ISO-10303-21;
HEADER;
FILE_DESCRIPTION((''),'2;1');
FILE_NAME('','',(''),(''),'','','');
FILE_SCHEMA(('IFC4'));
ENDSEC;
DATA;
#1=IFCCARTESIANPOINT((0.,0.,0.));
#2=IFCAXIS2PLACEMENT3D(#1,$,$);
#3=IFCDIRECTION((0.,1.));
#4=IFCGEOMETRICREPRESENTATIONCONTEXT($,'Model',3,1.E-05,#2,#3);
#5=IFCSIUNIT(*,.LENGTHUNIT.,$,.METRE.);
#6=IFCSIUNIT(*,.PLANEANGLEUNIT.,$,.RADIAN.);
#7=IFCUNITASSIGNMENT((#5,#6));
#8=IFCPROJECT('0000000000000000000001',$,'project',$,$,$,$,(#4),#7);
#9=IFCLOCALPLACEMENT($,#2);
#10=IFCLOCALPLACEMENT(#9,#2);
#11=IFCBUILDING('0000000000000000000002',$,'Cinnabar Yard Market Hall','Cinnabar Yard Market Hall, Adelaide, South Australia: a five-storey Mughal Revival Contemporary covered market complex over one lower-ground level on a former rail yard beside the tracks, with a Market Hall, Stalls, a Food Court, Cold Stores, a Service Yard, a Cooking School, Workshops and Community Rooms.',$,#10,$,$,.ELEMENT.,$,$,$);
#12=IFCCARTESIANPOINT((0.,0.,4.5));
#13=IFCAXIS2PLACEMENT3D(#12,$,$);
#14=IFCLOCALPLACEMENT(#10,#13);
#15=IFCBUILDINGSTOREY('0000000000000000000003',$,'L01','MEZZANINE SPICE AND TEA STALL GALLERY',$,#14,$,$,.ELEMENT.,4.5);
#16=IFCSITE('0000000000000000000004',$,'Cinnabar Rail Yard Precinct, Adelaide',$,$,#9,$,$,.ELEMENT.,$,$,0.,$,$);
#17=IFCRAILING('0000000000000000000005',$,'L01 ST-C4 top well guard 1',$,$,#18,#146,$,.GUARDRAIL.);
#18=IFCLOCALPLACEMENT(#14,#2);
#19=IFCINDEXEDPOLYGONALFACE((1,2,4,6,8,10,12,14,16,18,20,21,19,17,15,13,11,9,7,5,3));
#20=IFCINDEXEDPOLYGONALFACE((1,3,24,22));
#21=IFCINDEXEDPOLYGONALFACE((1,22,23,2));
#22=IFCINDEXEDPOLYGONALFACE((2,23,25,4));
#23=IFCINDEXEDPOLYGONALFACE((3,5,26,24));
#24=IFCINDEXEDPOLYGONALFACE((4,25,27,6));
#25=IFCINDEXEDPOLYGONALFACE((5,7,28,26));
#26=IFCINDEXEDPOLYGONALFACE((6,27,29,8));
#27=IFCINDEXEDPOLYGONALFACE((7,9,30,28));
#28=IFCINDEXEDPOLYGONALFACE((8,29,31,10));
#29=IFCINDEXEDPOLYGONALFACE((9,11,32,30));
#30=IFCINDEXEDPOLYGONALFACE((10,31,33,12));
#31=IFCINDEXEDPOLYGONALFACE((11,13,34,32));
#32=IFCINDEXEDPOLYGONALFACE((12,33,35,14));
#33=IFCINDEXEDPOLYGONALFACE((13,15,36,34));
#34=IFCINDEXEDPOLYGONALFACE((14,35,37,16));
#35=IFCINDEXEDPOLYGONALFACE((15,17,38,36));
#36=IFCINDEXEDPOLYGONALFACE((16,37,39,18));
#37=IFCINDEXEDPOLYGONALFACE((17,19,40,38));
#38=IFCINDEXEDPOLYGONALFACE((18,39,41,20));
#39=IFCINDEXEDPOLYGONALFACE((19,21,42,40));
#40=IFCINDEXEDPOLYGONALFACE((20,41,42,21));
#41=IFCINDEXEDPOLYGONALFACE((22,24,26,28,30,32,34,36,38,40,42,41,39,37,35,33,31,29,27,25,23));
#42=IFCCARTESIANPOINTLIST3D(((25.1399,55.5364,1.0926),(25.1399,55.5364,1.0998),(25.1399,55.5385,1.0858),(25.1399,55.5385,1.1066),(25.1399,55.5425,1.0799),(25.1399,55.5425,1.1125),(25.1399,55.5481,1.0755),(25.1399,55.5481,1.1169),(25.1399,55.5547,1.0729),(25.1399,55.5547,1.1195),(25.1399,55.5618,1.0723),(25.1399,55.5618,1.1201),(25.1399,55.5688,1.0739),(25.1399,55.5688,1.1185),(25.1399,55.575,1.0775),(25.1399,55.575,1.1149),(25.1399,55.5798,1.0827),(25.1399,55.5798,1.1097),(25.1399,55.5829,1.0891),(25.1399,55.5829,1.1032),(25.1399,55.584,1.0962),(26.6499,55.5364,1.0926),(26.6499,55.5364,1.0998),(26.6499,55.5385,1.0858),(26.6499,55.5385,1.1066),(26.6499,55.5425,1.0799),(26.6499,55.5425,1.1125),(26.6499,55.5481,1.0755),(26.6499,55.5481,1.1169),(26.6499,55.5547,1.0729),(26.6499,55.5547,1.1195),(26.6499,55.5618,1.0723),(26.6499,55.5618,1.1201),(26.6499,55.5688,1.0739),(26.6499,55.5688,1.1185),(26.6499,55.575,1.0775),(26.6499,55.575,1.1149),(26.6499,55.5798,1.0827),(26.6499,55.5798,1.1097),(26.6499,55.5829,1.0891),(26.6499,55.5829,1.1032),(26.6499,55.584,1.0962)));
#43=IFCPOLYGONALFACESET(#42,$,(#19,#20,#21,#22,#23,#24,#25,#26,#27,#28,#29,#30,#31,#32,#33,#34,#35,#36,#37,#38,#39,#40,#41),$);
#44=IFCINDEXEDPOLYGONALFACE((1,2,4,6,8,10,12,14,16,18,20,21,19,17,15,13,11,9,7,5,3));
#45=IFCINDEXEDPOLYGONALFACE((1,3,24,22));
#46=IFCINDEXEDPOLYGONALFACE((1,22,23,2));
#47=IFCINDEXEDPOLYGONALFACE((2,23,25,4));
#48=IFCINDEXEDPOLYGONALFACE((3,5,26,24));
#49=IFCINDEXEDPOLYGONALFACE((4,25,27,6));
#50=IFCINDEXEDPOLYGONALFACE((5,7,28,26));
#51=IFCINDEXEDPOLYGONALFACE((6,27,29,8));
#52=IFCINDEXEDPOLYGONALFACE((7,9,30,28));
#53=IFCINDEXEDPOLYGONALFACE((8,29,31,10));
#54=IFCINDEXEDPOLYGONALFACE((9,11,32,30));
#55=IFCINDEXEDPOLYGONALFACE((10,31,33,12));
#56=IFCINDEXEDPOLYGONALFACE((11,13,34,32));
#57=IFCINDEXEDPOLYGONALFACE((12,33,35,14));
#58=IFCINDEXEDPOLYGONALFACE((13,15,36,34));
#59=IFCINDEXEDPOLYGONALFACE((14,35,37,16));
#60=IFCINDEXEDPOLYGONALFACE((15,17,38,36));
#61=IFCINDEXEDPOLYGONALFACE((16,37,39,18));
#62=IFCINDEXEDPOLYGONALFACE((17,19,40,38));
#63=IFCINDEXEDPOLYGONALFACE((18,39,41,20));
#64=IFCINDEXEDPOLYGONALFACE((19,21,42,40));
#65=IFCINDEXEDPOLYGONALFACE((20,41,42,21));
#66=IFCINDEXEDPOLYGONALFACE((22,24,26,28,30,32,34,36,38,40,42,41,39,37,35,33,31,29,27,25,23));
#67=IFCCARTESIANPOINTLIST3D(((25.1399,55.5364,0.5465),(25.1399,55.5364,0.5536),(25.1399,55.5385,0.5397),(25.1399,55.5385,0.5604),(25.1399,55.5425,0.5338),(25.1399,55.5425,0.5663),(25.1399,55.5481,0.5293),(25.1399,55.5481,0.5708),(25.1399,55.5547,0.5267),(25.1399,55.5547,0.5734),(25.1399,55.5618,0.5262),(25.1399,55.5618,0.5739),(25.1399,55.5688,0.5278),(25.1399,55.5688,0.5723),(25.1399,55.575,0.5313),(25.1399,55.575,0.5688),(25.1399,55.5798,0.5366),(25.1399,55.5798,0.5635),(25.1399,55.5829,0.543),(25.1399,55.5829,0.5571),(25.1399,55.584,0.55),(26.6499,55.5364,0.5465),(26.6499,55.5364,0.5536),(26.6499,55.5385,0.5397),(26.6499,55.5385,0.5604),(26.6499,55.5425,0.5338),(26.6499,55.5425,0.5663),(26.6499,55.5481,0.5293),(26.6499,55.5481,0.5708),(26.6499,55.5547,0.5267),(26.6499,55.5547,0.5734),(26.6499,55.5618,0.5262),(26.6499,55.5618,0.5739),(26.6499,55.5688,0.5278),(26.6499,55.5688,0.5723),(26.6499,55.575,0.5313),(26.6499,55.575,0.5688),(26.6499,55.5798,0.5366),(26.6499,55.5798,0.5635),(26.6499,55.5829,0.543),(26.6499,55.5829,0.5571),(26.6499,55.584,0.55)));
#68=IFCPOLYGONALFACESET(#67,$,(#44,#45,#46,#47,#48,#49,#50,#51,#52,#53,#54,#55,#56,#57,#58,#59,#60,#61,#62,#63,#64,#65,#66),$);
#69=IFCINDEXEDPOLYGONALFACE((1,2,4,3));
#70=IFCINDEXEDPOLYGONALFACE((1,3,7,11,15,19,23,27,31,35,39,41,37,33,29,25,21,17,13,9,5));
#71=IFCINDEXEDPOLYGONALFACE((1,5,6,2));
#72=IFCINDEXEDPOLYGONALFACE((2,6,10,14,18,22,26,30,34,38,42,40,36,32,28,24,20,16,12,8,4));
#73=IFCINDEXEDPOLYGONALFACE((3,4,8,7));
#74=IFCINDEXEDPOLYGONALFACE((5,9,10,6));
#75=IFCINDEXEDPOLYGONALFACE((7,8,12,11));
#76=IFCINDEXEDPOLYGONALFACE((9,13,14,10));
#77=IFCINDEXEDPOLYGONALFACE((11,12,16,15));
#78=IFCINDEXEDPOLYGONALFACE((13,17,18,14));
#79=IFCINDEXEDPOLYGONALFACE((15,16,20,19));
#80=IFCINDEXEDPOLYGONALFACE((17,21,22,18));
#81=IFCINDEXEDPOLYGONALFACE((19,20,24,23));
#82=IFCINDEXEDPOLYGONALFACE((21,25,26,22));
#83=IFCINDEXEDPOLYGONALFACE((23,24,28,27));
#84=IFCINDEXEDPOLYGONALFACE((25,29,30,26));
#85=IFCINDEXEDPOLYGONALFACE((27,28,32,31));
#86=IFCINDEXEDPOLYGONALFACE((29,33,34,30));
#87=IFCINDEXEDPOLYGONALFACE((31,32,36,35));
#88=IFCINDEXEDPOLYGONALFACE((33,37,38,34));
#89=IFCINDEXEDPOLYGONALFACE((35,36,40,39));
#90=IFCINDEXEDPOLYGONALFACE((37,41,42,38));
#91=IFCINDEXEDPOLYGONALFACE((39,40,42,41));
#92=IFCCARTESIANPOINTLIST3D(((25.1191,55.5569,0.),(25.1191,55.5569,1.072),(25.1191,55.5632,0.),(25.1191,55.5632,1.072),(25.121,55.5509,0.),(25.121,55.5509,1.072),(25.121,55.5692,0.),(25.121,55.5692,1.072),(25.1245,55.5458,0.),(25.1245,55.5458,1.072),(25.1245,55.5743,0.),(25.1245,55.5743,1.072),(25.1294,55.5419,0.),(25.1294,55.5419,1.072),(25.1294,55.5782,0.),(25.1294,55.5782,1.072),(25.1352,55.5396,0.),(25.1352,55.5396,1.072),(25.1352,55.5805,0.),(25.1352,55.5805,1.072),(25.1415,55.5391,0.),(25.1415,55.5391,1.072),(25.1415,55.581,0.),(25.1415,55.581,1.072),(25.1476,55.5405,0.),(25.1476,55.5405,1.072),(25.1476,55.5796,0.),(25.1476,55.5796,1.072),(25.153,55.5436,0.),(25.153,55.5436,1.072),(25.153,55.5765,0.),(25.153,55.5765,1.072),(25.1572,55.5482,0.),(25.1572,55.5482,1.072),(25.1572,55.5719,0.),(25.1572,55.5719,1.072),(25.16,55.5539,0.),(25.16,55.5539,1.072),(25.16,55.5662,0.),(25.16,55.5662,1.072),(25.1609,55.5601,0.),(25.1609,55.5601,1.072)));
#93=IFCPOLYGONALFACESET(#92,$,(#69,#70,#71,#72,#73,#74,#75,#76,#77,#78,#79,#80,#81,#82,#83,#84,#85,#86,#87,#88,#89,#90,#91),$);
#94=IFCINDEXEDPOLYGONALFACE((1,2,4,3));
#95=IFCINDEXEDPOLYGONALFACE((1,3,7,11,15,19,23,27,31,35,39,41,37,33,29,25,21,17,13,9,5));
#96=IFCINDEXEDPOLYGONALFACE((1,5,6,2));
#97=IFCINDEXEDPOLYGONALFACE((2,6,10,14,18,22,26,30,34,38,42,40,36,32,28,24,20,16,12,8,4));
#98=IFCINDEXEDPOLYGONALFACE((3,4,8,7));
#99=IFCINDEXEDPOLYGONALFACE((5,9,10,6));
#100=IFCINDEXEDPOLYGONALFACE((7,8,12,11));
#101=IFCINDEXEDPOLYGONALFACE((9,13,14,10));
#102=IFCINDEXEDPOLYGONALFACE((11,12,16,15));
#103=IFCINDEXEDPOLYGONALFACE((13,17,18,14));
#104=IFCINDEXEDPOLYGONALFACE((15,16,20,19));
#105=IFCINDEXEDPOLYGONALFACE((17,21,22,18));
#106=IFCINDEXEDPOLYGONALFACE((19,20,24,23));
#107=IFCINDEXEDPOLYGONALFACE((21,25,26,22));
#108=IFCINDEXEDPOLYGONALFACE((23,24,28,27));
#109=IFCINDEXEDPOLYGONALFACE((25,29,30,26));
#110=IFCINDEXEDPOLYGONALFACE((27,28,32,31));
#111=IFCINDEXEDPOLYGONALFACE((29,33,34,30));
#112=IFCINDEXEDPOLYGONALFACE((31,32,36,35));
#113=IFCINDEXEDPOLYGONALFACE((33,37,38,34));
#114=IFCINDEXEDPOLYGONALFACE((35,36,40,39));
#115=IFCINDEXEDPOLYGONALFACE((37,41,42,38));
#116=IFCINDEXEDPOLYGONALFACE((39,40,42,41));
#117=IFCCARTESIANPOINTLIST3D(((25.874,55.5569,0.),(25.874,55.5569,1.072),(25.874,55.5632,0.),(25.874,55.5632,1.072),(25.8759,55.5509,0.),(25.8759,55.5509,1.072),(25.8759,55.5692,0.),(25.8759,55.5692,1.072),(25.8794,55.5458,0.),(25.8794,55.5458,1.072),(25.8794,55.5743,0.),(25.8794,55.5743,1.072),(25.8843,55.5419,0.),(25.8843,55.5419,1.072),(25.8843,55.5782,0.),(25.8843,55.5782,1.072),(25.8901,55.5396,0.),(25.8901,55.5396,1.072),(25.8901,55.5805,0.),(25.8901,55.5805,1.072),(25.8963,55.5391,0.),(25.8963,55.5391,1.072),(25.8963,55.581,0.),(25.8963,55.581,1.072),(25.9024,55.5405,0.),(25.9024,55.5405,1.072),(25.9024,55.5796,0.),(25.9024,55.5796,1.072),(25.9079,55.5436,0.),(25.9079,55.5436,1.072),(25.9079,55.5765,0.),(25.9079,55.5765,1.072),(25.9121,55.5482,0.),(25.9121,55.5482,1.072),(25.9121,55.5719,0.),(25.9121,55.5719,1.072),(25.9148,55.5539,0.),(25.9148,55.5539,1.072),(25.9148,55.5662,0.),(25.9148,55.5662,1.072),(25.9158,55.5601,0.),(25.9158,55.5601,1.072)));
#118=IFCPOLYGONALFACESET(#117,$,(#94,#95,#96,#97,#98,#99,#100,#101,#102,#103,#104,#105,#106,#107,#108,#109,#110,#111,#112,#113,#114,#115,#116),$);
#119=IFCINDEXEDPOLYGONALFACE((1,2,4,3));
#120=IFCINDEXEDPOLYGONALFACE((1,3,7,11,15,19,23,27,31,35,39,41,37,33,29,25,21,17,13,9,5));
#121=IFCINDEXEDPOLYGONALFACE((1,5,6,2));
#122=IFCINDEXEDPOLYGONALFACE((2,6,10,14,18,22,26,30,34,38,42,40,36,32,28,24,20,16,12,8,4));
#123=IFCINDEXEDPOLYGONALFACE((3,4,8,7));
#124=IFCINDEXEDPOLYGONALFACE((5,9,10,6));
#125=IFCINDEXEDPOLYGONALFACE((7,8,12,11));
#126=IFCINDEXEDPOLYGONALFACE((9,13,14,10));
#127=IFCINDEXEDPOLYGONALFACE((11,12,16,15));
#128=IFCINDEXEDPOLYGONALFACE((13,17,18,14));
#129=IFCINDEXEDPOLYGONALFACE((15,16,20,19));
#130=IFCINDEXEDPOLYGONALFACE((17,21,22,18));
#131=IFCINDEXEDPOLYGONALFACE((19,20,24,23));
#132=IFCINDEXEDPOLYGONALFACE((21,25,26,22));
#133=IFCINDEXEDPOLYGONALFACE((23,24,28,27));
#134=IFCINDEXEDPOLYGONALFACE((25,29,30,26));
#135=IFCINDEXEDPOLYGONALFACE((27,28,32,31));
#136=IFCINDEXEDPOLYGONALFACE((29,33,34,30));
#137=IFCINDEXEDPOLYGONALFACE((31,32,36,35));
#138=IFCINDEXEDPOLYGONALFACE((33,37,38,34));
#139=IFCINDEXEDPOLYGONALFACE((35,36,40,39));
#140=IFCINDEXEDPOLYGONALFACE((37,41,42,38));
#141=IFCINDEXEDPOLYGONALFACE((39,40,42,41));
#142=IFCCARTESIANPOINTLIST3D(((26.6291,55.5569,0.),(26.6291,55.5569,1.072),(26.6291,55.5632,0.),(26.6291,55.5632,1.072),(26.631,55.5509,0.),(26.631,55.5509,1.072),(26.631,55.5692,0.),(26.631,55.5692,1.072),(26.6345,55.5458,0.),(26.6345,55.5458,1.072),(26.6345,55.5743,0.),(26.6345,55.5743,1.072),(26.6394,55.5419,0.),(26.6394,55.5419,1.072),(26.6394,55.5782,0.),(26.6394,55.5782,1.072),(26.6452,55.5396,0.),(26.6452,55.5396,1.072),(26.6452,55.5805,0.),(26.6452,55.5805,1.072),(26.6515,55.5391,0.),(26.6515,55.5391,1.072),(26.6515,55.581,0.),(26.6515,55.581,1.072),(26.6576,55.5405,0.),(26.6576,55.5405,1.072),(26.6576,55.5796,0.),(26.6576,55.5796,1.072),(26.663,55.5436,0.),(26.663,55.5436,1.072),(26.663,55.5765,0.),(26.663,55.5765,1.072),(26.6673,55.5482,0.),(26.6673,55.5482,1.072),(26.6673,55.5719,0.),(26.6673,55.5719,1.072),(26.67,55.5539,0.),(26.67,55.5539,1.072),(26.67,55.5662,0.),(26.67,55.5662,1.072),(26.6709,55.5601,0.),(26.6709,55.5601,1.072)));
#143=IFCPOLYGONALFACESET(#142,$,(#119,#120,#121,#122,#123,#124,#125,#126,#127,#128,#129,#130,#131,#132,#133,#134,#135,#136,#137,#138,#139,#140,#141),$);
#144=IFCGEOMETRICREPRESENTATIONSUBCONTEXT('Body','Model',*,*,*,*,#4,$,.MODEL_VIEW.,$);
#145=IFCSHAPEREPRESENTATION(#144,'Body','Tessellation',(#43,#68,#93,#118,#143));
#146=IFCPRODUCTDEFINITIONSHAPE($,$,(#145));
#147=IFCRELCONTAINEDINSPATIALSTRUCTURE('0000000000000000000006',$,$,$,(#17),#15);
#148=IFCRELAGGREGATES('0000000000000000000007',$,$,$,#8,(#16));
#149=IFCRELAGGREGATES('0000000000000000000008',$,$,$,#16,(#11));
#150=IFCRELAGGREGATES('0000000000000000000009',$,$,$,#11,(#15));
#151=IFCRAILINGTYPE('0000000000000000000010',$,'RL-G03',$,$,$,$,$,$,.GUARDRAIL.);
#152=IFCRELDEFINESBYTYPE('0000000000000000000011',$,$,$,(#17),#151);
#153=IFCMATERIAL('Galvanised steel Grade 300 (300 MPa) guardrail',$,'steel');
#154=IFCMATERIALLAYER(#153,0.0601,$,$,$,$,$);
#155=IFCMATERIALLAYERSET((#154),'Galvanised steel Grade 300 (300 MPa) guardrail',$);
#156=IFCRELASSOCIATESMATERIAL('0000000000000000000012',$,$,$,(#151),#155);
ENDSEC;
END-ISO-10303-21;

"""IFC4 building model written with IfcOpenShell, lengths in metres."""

from ifc_helpers import new_model, si_unit, direction, frame, origin, origin_2d_with_axis, place, context, subcontext, project, spatial, circle, extrude, material, layer, layer_set, type_object, element, save


model = new_model("IFC4")

# Units and contexts
model_context = context("Model", 3, precision=1e-05, world=origin(), true_north=direction((0.0, 1.0)))
body_context = subcontext(model_context, "Body", "Model", "MODEL_VIEW")
ifc_project = project(units=[si_unit("LENGTHUNIT", "METRE"), si_unit("PLANEANGLEUNIT", "RADIAN")], contexts=[model_context])

# Site, building, storey
site_placement = place(None, origin())
site = spatial("IfcSite", under=ifc_project, at=site_placement, Name="Cinnabar Rail Yard Precinct, Adelaide", CompositionType="ELEMENT", RefElevation=0.0)
building_placement = place(site_placement, origin())
building = spatial("IfcBuilding", under=site, at=building_placement, Name="Cinnabar Yard Market Hall", Description="Cinnabar Yard Market Hall, Adelaide, South Australia: a five-storey Mughal Revival Contemporary covered market complex over one lower-ground level on a former rail yard beside the tracks, with a Market Hall, Stalls, a Food Court, Cold Stores, a Service Yard, a Cooking School, Workshops and Community Rooms.", CompositionType="ELEMENT")
storey_placement = place(building_placement, frame((0.0, 0.0, 4.5)))
storey = spatial("IfcBuildingStorey", under=building, at=storey_placement, Name="L01", Description="MEZZANINE SPICE AND TEA STALL GALLERY", CompositionType="ELEMENT", Elevation=4.5)

# Railing
ifc_material_1 = material(Name="Galvanised steel Grade 300 (300 MPa) guardrail", Category="steel")
ifc_layer_1 = layer(ifc_material_1, 0.0601)
ifc_layer_set_1 = layer_set([ifc_layer_1], Name="Galvanised steel Grade 300 (300 MPa) guardrail")
railing_type = type_object("IfcRailingType", Name="RL-G03", PredefinedType="GUARDRAIL", material=ifc_layer_set_1)
railing_placement = place(storey_placement, frame((25.1399, 55.5601, 0.0)))
element("IfcRailing", 1, at=railing_placement, inside=storey, type_object=railing_type, Name="L01 ST-C4 top well guard 1", PredefinedType="GUARDRAIL", context=body_context, shape_type="SweptSolid", body=[
    extrude(circle(Radius=0.0239, at=origin_2d_with_axis()), frame((0.0, 0.0, 1.0962), z_axis=(1.0, 0.0, 0.0), x_axis=(0.0, 1.0, 0.0)), (0.0, 0.0, 1.0), 1.51),
    extrude(circle(Radius=0.0239, at=origin_2d_with_axis()), frame((0.0, 0.0, 0.55), z_axis=(1.0, 0.0, 0.0), x_axis=(0.0, 1.0, 0.0)), (0.0, 0.0, 1.0), 1.51),
    extrude(circle(Radius=0.021, at=origin_2d_with_axis()), origin(), (0.0, 0.0, 1.0), 1.072),
    extrude(circle(Radius=0.021, at=origin_2d_with_axis()), frame((0.7549, 0.0, 0.0)), (0.0, 0.0, 1.0), 1.072),
    extrude(circle(Radius=0.021, at=origin_2d_with_axis()), frame((1.51, 0.0, 0.0)), (0.0, 0.0, 1.0), 1.072),
])

save(model, "model.ifc")
